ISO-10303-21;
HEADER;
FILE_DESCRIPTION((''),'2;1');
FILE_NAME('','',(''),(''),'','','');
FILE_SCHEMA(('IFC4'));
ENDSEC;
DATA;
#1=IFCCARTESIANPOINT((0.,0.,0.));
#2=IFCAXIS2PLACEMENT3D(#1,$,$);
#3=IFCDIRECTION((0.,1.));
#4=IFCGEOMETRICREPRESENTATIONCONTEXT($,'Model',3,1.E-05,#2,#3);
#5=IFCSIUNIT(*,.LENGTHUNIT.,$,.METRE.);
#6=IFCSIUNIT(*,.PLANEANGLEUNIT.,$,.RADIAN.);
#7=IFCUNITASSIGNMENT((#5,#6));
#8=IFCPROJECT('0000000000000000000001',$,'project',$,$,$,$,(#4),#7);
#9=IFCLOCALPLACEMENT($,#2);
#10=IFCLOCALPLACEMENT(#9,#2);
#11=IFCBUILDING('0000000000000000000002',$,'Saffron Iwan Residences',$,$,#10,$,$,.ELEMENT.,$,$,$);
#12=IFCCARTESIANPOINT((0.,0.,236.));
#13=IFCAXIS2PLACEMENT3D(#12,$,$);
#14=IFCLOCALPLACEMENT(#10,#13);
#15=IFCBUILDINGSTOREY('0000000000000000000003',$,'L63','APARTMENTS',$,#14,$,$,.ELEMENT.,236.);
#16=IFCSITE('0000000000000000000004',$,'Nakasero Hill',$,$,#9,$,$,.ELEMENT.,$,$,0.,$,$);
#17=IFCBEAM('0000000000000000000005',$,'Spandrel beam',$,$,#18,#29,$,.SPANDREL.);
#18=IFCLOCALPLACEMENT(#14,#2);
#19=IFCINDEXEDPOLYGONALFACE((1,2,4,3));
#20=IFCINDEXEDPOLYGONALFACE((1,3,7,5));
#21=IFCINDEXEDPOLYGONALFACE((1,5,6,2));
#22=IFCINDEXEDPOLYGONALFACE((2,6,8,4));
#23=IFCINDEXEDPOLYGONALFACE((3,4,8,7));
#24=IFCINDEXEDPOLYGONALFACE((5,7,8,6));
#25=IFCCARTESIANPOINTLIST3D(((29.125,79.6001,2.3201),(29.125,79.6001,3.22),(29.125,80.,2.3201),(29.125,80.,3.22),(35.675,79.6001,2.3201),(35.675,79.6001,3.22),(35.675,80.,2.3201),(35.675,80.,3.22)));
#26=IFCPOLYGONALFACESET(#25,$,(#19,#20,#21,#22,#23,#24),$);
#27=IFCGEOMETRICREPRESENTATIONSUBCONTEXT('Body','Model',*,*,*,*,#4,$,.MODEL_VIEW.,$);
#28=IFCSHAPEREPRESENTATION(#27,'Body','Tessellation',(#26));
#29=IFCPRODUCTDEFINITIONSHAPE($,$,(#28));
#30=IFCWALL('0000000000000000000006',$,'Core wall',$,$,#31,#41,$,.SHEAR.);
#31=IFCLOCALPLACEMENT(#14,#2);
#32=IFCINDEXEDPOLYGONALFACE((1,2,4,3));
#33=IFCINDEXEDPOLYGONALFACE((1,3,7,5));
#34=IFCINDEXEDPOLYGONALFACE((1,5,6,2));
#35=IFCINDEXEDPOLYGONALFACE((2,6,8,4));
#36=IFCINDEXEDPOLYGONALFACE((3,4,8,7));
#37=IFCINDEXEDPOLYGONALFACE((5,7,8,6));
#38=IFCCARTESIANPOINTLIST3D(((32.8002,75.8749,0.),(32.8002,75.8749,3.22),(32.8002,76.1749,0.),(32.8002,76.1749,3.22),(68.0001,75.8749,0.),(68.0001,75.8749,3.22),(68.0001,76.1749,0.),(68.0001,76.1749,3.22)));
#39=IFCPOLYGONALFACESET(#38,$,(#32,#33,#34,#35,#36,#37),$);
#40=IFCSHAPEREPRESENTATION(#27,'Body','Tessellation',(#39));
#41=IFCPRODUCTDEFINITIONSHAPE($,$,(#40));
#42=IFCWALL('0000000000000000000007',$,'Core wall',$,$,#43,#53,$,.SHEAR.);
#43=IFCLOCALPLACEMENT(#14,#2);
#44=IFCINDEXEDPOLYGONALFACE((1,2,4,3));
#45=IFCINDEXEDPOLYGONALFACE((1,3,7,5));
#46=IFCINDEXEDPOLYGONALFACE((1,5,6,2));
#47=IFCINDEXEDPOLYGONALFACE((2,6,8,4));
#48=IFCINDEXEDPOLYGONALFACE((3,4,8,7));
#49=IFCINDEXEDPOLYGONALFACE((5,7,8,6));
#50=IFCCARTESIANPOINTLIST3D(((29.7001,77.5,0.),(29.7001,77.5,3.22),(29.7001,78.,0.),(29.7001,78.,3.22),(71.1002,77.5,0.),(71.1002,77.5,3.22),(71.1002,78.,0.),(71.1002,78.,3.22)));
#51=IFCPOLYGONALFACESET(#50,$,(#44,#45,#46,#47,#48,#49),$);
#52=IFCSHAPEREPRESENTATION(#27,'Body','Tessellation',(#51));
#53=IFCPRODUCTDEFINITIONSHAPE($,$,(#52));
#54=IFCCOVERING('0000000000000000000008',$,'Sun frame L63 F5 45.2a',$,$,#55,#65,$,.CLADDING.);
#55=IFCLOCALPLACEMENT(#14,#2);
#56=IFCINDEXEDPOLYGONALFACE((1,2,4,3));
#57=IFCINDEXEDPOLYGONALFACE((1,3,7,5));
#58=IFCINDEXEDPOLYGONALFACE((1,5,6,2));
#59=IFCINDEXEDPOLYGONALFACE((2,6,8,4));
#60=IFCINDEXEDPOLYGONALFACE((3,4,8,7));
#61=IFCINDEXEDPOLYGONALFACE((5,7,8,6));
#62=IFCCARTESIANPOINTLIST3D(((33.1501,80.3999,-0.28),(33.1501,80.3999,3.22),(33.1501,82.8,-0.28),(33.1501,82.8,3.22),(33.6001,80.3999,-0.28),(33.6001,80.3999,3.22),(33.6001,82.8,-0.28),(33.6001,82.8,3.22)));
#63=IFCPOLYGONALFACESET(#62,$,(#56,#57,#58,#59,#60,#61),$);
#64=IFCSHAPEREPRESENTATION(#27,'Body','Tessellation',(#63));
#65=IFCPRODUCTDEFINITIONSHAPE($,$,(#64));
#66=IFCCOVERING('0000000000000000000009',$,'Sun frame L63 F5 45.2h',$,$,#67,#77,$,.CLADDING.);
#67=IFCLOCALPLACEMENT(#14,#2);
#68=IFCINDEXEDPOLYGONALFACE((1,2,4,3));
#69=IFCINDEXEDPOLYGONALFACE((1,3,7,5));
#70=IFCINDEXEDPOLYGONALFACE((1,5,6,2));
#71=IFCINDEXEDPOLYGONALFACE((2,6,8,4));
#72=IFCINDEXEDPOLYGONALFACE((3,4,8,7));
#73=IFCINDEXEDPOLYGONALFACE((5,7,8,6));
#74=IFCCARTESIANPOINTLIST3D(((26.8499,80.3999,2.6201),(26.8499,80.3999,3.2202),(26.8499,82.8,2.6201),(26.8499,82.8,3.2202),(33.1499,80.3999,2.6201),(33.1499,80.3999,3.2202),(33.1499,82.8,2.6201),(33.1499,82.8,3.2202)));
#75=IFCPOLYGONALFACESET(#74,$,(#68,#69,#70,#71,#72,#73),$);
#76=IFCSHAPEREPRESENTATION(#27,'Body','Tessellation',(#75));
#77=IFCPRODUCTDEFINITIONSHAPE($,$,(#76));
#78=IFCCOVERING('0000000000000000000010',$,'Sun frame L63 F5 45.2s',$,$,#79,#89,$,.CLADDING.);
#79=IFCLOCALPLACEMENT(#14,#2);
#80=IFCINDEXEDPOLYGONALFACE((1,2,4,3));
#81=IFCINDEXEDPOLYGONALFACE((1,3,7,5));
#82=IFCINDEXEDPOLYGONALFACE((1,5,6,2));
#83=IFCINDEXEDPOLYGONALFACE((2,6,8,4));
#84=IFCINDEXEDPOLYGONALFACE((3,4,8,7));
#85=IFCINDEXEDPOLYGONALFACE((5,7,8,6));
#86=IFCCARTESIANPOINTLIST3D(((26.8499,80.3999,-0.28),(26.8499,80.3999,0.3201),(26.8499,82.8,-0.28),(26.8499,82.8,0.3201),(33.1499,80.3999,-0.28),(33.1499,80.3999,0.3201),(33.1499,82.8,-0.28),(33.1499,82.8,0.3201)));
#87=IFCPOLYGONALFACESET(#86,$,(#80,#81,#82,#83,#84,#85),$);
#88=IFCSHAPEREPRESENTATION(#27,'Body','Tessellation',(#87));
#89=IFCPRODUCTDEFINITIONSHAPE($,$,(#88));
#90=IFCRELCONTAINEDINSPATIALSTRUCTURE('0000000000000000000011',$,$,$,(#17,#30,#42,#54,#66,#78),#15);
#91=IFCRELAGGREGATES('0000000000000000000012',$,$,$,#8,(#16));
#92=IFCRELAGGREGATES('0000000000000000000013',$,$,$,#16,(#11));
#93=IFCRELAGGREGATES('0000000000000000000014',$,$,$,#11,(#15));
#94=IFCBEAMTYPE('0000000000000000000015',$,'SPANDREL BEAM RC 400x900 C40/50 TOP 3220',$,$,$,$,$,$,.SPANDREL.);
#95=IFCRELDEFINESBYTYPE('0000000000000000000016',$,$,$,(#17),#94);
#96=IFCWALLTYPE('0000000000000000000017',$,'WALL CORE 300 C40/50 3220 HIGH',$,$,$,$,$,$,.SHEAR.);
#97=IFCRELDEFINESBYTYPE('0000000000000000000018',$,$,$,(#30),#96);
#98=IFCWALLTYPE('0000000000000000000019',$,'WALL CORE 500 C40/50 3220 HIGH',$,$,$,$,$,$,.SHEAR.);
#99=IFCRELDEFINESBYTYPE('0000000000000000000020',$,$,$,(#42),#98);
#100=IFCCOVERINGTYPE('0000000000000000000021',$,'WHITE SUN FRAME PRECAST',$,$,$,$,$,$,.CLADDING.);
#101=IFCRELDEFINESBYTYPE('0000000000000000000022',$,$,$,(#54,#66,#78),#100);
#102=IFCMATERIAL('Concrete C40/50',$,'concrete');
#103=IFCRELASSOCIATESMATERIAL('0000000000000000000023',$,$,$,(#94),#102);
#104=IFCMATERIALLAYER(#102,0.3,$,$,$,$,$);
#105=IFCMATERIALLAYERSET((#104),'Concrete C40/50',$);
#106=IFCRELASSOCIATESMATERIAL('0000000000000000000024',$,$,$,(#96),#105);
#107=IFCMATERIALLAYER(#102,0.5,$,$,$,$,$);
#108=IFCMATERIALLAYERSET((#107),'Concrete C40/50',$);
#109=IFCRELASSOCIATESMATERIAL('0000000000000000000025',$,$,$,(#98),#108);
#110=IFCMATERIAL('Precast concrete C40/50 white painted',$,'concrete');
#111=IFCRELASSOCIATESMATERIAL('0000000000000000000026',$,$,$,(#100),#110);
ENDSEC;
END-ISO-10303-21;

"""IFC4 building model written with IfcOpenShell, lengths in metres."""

from ifc_helpers import new_model, si_unit, direction, frame, frame_2d, origin, origin_2d, place, context, subcontext, project, spatial, polyline, rectangle, outline, extrude, source, transform, mapped, material, layer, layer_set, material_profile, profile_set, type_object, element, save


model = new_model("IFC4")

# Units and contexts
model_context = context("Model", 3, precision=1e-05, world=origin(), true_north=direction((0.0, 1.0)))
body_context = subcontext(model_context, "Body", "Model", "MODEL_VIEW")
ifc_project = project(units=[si_unit("LENGTHUNIT", "METRE"), si_unit("PLANEANGLEUNIT", "RADIAN")], contexts=[model_context])

# Site, building, storey
site_placement = place(None, origin())
site = spatial("IfcSite", under=ifc_project, at=site_placement, Name="Nakasero Hill", CompositionType="ELEMENT", RefElevation=0.0)
building_placement = place(site_placement, origin())
building = spatial("IfcBuilding", under=site, at=building_placement, Name="Saffron Iwan Residences", CompositionType="ELEMENT")
storey_placement = place(building_placement, frame((0.0, 0.0, 236.0)))
storey = spatial("IfcBuildingStorey", under=building, at=storey_placement, Name="L63", Description="APARTMENTS", CompositionType="ELEMENT", Elevation=236.0)

# Beam
ifc_material_1 = material(Name="Concrete C40/50", Category="concrete")
ifc_material_profile = material_profile(ifc_material_1, rectangle(XDim=0.3999, YDim=0.8999, at=origin_2d()), Name="RC 400x900")
ifc_profile_set = profile_set([ifc_material_profile], Name="Concrete C40/50")
beam_type = type_object("IfcBeamType", Name="SPANDREL BEAM RC 400x900 C40/50 TOP 3220", PredefinedType="SPANDREL", material=ifc_profile_set)
shared_shape = source(origin(), body_context, "Body", "SweptSolid", [
    extrude(rectangle(XDim=0.3999, YDim=0.8999, at=origin_2d()), origin(), (0.0, 0.0, 1.0), 6.55),
])
beam_placement = place(storey_placement, frame((29.125, 79.8, 2.77), z_axis=(1.0, 0.0, 0.0), x_axis=(0.0, 1.0, 0.0)))
element("IfcBeam", 1, at=beam_placement, inside=storey, type_object=beam_type, Name="Spandrel beam", PredefinedType="SPANDREL", context=body_context, shape_type="MappedRepresentation", body=[
    mapped(shared_shape, transform((0.0, 0.0, 0.0))),
])

# Walls
ifc_layer_1 = layer(ifc_material_1, 0.3)
ifc_layer_set_1 = layer_set([ifc_layer_1], Name="Concrete C40/50")
wall_type_1 = type_object("IfcWallType", Name="WALL CORE 300 C40/50 3220 HIGH", PredefinedType="SHEAR", material=ifc_layer_set_1)
wall_1_placement = place(storey_placement, frame((32.8, 76.0249, 0.0), z_axis=(0.0, 0.0, 1.0), x_axis=(1.0, 0.0, 0.0)))
element("IfcWall", 2, at=wall_1_placement, inside=storey, type_object=wall_type_1, Name="Core wall", PredefinedType="SHEAR", context=body_context, shape_type="SweptSolid", body=[
    extrude(rectangle(XDim=35.2, YDim=0.3, at=frame_2d((17.6001, 0.0))), origin(), (0.0, 0.0, 1.0), 3.22),
])
ifc_layer_2 = layer(ifc_material_1, 0.5)
ifc_layer_set_2 = layer_set([ifc_layer_2], Name="Concrete C40/50")
wall_type_2 = type_object("IfcWallType", Name="WALL CORE 500 C40/50 3220 HIGH", PredefinedType="SHEAR", material=ifc_layer_set_2)
wall_2_placement = place(storey_placement, frame((29.7, 77.75, 0.0), z_axis=(0.0, 0.0, 1.0), x_axis=(1.0, 0.0, 0.0)))
element("IfcWall", 3, at=wall_2_placement, inside=storey, type_object=wall_type_2, Name="Core wall", PredefinedType="SHEAR", context=body_context, shape_type="SweptSolid", body=[
    extrude(rectangle(XDim=41.4001, YDim=0.5, at=frame_2d((20.7002, 0.0))), origin(), (0.0, 0.0, 1.0), 3.22),
])

# Coverings
ifc_material_2 = material(Name="Precast concrete C40/50 white painted", Category="concrete")
covering_type = type_object("IfcCoveringType", Name="WHITE SUN FRAME PRECAST", PredefinedType="CLADDING", material=ifc_material_2)
covering_placement = place(storey_placement, frame((33.6001, 80.3999, -0.28), z_axis=(0.0, 1.0, 0.0), x_axis=(-1.0, 0.0, 0.0)))
element("IfcCovering", 4, at=covering_placement, inside=storey, type_object=covering_type, Name="Sun frame L63 F5 45.2a", PredefinedType="CLADDING", context=body_context, shape_type="SweptSolid", body=[
    extrude(outline(polyline([(0.0, 0.0), (0.45, 0.0), (0.45, 3.5), (0.0, 3.5), (0.0, 0.0)])), origin(), (0.0, 0.0, 1.0), 2.4001),
])
for number, where, z_axis, x_axis, name in (
    (5, (33.1499, 80.3999, 2.6201), (0.0, 1.0, 0.0), (-1.0, 0.0, 0.0), "Sun frame L63 F5 45.2h"),
    (6, (33.1499, 80.3999, -0.28), (0.0, 1.0, 0.0), (-1.0, 0.0, 0.0), "Sun frame L63 F5 45.2s"),
):
    element("IfcCovering", number, at=place(storey_placement, frame(where, z_axis=z_axis, x_axis=x_axis)), inside=storey, type_object=covering_type, Name=name, PredefinedType="CLADDING", context=body_context, shape_type="SweptSolid", body=[
        extrude(outline(polyline([(0.0, 0.0), (6.3, 0.0), (6.3, 0.6001), (0.0, 0.6001), (0.0, 0.0)])), origin(), (0.0, 0.0, 1.0), 2.4001),
    ])

save(model, "model.ifc")
